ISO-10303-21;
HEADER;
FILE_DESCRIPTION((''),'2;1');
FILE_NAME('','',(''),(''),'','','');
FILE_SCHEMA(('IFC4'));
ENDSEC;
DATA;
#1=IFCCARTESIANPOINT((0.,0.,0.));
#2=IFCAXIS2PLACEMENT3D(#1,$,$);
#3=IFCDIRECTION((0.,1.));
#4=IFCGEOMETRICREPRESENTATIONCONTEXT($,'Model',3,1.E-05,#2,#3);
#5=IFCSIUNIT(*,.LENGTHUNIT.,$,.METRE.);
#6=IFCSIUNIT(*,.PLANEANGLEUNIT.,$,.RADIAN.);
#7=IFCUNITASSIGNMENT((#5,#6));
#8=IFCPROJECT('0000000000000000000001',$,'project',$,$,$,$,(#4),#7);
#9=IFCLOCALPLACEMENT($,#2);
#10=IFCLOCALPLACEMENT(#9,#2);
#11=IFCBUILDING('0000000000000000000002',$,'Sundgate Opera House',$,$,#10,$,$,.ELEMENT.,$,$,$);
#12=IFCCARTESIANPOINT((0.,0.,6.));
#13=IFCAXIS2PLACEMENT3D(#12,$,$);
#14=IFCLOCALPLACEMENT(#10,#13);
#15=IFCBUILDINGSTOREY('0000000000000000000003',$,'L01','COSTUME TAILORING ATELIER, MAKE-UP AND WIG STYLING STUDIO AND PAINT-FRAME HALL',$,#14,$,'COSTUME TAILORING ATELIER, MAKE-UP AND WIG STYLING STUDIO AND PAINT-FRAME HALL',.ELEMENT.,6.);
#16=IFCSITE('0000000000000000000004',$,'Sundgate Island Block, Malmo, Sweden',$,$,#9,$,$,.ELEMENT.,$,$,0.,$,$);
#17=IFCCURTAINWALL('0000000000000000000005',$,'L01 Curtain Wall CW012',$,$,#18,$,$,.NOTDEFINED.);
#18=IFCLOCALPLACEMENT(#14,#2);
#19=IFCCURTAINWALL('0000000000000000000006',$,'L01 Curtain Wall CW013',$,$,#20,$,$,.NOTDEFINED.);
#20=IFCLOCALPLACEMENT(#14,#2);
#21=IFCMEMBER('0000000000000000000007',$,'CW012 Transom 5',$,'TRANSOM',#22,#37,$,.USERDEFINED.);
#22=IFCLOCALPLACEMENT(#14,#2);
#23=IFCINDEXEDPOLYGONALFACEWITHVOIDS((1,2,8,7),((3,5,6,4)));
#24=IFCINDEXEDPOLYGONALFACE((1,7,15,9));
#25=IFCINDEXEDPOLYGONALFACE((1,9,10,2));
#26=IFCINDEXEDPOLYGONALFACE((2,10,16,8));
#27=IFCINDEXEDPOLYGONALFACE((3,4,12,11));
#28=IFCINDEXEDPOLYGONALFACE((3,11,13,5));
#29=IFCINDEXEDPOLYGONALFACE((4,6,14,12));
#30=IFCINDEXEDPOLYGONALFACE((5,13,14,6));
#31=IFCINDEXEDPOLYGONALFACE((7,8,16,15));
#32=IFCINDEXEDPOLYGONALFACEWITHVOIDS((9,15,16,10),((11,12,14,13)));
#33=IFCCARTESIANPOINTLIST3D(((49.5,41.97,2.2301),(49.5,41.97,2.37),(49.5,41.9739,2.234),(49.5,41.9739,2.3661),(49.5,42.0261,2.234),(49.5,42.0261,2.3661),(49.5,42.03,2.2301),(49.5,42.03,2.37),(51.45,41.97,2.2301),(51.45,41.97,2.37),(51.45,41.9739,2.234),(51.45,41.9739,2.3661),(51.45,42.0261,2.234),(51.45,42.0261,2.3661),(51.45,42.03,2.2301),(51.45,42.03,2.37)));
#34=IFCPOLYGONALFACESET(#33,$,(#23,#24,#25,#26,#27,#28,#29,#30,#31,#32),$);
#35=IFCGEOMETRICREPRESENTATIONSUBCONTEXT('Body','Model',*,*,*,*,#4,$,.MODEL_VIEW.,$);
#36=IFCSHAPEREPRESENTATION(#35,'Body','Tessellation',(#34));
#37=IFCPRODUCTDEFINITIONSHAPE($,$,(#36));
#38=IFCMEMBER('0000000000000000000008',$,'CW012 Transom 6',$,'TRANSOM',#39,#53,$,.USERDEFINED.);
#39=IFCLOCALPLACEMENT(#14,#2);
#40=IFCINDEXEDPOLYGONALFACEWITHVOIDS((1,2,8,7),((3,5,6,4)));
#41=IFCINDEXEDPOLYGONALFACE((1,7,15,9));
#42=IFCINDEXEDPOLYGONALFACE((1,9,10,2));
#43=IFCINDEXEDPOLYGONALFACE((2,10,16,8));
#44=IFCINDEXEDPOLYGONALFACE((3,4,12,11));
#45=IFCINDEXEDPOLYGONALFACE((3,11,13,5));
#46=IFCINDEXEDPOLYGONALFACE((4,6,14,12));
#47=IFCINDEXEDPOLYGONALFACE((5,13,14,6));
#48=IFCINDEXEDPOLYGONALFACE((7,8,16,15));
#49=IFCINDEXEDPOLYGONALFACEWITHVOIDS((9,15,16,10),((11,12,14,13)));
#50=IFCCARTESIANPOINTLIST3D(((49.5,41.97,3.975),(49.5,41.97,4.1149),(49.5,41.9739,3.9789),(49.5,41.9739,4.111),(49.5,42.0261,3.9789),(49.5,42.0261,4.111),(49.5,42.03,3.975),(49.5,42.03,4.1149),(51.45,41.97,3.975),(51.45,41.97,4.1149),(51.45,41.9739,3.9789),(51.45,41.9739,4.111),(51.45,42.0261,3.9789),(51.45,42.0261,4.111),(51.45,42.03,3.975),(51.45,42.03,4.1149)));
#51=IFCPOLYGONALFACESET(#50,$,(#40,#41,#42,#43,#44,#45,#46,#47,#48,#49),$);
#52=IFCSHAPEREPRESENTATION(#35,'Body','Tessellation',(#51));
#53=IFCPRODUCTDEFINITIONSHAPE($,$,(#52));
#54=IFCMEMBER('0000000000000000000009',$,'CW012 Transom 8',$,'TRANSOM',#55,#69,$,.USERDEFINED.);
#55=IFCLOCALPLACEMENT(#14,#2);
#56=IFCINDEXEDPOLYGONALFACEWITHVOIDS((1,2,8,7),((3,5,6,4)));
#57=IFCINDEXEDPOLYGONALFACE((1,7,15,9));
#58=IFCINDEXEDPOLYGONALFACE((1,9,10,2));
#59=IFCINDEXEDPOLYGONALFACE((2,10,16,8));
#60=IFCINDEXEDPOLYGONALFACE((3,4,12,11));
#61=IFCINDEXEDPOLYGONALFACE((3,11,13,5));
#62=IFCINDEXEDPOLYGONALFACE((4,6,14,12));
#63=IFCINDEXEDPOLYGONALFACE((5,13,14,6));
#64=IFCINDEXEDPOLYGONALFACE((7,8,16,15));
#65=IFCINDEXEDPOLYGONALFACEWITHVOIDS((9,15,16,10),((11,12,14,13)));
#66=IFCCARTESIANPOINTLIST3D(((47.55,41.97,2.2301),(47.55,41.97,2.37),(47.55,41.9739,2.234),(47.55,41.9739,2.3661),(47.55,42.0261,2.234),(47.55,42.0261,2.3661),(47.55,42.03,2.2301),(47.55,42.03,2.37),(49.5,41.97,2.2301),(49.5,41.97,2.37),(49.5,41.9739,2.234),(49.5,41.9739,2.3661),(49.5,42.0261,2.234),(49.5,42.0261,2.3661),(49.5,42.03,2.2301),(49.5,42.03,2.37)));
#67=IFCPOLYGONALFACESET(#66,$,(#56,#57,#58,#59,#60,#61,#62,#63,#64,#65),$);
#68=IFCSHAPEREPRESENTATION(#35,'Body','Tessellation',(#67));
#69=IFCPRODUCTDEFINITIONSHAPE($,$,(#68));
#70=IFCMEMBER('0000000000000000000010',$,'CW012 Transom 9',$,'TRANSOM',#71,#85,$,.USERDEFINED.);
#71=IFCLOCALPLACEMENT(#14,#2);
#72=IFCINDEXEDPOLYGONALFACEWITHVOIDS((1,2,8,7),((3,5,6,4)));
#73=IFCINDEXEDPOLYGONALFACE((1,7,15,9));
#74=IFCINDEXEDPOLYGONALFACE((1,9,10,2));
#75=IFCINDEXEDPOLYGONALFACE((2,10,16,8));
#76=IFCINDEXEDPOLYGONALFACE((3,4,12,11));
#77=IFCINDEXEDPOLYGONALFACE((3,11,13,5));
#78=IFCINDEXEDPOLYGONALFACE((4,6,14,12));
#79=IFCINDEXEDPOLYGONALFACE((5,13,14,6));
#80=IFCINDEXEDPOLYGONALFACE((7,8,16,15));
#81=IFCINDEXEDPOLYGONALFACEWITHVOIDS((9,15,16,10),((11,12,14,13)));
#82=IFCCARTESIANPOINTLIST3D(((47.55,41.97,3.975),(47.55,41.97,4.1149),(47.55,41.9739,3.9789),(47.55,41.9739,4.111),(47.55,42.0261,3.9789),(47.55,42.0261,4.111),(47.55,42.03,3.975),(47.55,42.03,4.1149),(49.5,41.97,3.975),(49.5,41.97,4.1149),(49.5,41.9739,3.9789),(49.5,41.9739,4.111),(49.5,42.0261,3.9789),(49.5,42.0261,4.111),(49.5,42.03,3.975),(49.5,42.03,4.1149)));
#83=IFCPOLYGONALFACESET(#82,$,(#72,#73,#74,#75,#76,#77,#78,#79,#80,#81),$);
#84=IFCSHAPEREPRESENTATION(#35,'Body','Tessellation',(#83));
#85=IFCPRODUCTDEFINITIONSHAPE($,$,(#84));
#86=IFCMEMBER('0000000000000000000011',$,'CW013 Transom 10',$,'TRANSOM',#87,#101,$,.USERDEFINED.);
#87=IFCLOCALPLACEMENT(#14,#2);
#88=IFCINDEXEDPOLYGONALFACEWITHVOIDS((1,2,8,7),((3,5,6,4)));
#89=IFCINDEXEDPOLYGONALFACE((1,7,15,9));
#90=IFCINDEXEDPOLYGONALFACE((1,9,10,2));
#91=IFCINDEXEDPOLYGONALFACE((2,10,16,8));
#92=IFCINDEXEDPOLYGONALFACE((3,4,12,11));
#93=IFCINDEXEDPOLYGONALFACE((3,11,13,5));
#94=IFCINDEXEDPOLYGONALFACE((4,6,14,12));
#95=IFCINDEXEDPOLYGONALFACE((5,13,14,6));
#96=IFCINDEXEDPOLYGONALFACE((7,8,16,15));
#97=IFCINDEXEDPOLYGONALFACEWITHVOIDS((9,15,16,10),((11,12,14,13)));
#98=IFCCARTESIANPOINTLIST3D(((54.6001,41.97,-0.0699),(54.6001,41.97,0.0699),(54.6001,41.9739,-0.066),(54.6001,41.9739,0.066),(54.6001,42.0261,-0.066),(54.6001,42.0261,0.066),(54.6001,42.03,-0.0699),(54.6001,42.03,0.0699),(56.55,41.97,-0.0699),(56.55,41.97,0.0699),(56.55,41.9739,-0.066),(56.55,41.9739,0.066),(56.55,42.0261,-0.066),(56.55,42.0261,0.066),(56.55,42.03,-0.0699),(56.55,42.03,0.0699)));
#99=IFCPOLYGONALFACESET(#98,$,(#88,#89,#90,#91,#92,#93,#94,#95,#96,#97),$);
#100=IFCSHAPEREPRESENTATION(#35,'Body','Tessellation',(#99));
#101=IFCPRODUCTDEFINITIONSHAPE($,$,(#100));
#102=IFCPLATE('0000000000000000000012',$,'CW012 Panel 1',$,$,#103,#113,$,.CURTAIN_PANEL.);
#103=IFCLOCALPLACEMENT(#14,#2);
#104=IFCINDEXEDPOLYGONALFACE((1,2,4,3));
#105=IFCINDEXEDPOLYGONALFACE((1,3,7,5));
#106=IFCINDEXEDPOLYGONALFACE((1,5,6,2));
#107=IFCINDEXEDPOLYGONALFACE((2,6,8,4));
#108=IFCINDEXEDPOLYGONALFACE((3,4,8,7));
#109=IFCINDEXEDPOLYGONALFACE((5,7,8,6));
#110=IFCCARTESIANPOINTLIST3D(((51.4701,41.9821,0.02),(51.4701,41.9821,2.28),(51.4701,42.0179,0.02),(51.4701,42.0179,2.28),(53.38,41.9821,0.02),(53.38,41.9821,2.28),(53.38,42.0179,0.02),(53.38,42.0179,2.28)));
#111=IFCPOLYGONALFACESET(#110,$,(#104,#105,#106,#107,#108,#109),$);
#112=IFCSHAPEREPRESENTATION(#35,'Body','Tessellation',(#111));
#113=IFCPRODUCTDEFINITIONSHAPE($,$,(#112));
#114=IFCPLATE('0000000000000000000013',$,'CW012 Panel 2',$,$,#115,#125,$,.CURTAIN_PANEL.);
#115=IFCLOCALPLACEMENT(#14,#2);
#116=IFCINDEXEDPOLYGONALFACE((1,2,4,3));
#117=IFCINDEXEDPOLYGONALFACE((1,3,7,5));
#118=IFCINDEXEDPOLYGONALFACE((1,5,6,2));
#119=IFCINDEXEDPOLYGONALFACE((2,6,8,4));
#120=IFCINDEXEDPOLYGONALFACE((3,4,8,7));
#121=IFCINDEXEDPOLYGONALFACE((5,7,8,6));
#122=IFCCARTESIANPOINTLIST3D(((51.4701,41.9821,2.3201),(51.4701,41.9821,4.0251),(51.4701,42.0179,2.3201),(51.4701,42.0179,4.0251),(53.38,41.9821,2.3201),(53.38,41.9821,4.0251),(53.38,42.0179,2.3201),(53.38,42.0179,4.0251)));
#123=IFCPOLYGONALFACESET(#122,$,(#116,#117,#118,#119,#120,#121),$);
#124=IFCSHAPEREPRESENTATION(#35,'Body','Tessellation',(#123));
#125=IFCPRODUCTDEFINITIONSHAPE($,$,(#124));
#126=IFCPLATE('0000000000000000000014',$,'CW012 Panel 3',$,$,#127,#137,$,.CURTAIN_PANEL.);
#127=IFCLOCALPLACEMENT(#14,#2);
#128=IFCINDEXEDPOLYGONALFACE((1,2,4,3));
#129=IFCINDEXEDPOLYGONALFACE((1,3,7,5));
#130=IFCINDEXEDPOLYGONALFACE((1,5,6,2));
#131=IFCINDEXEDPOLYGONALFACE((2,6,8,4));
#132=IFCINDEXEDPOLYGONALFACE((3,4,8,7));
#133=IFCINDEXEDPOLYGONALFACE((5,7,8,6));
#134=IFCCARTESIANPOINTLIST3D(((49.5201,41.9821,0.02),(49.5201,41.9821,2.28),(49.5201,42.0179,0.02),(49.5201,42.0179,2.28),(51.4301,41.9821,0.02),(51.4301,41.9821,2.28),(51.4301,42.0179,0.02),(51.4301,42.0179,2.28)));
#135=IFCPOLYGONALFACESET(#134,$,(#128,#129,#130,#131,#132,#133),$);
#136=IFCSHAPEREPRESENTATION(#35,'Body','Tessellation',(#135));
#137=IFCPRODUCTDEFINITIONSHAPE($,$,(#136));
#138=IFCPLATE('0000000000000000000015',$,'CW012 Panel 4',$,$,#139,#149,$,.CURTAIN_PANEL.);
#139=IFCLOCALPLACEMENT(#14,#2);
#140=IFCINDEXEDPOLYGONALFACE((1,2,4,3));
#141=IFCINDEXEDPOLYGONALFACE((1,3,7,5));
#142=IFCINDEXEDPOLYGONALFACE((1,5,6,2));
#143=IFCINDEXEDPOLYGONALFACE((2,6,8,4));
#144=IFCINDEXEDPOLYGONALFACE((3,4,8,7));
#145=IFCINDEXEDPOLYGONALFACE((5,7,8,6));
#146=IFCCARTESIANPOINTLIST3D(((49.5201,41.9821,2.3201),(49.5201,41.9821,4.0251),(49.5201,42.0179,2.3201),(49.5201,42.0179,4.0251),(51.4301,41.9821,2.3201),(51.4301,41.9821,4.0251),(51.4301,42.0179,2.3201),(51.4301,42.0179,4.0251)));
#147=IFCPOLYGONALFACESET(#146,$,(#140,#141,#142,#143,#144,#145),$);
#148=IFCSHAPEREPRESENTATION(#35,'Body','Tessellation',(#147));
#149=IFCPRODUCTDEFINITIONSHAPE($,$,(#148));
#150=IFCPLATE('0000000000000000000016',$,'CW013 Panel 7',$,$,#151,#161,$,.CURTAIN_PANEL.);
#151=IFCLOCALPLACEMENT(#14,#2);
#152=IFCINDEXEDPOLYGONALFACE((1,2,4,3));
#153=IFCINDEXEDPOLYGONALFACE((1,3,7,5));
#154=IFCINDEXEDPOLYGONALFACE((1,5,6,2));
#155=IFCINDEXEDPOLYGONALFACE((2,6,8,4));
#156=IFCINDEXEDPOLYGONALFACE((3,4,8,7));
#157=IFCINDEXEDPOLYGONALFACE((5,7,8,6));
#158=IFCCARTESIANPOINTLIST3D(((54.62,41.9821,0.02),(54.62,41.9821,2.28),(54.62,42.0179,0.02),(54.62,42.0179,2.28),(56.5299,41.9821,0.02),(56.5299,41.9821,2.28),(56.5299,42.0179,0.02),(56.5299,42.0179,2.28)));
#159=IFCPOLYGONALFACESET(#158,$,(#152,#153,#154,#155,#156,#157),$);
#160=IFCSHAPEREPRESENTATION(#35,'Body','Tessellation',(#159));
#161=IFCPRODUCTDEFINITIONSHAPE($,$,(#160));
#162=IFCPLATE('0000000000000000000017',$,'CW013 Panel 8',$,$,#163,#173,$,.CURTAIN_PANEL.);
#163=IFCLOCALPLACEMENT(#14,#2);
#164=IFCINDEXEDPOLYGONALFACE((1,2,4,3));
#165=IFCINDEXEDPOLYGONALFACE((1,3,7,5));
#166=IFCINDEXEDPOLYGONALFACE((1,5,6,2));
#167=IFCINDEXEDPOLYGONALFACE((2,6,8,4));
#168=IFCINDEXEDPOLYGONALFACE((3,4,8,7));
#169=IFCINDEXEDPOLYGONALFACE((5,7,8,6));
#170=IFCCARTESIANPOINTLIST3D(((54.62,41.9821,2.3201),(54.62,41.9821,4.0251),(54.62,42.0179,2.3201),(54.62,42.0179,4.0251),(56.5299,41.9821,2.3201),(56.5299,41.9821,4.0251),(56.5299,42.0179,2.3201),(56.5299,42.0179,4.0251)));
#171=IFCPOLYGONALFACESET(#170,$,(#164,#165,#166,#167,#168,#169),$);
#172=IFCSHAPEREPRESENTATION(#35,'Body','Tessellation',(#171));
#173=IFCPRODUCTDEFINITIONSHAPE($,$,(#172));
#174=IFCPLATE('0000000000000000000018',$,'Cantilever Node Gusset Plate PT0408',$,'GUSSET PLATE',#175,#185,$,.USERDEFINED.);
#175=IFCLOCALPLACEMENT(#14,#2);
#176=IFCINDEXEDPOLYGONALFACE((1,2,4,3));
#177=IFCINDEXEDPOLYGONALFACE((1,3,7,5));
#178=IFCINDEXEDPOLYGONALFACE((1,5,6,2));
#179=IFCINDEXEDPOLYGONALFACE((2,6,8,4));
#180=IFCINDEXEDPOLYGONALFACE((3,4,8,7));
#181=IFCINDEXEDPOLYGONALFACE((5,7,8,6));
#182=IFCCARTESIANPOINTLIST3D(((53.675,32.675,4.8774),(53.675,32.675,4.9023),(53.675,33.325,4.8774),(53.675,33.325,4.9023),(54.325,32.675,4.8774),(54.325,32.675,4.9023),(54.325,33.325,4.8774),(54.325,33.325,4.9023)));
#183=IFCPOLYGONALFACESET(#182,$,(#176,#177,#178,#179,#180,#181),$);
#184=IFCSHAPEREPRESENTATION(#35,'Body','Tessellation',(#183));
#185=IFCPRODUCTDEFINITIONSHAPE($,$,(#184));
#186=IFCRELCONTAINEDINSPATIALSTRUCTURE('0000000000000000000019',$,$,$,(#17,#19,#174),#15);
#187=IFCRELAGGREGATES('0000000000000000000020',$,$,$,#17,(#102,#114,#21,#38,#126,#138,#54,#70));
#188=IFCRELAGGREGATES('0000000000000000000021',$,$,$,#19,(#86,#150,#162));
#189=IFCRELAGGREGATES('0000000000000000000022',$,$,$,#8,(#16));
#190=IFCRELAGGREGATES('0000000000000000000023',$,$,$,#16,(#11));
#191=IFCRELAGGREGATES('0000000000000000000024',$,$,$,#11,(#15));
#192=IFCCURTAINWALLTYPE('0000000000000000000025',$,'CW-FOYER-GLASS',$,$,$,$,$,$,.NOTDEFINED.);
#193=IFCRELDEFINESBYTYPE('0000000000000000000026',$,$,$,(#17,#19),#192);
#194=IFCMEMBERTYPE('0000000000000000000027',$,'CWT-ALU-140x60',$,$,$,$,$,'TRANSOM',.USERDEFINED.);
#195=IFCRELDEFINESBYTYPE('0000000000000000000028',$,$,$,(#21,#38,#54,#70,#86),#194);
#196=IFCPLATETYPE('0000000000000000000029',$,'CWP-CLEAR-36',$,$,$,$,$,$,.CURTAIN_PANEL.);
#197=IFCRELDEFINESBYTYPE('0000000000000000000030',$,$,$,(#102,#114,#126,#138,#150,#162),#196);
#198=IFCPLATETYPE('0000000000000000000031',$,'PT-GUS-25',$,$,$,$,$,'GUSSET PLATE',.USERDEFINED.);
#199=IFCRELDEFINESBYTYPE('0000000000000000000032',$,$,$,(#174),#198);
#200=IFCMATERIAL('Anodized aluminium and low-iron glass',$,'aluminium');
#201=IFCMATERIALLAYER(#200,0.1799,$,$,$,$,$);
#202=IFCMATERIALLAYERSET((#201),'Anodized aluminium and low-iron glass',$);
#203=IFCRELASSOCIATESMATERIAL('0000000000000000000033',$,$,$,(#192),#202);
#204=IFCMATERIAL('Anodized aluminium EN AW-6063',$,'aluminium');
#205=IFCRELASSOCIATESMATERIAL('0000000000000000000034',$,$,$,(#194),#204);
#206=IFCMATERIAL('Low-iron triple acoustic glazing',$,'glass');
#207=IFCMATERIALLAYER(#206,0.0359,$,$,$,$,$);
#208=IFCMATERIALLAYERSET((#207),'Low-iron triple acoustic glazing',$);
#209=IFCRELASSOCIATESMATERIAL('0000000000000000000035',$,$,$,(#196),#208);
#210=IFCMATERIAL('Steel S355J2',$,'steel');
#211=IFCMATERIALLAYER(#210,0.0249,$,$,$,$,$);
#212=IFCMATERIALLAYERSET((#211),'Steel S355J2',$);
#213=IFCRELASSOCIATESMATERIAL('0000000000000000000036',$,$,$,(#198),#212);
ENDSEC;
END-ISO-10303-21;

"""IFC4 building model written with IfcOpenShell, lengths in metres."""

from ifc_helpers import new_model, si_unit, direction, frame, origin, origin_2d, place, context, subcontext, project, spatial, rectangle, hollow_rectangle, extrude, material, layer, layer_set, material_profile, profile_set, type_object, element, aggregate, save


model = new_model("IFC4")

# Units and contexts
model_context = context("Model", 3, precision=1e-05, world=origin(), true_north=direction((0.0, 1.0)))
body_context = subcontext(model_context, "Body", "Model", "MODEL_VIEW")
ifc_project = project(units=[si_unit("LENGTHUNIT", "METRE"), si_unit("PLANEANGLEUNIT", "RADIAN")], contexts=[model_context])

# Site, building, storey
site_placement = place(None, origin())
site = spatial("IfcSite", under=ifc_project, at=site_placement, Name="Sundgate Island Block, Malmo, Sweden", CompositionType="ELEMENT", RefElevation=0.0)
building_placement = place(site_placement, origin())
building = spatial("IfcBuilding", under=site, at=building_placement, Name="Sundgate Opera House", CompositionType="ELEMENT")
storey_placement = place(building_placement, frame((0.0, 0.0, 6.0)))
storey = spatial("IfcBuildingStorey", under=building, at=storey_placement, Name="L01", Description="COSTUME TAILORING ATELIER, MAKE-UP AND WIG STYLING STUDIO AND PAINT-FRAME HALL", LongName="COSTUME TAILORING ATELIER, MAKE-UP AND WIG STYLING STUDIO AND PAINT-FRAME HALL", CompositionType="ELEMENT", Elevation=6.0)

# Curtain walls
ifc_material_1 = material(Name="Anodized aluminium and low-iron glass", Category="aluminium")
ifc_layer_1 = layer(ifc_material_1, 0.1799)
ifc_layer_set_1 = layer_set([ifc_layer_1], Name="Anodized aluminium and low-iron glass")
curtain_wall_type = type_object("IfcCurtainWallType", Name="CW-FOYER-GLASS", PredefinedType="NOTDEFINED", material=ifc_layer_set_1)
curtain_wall_1_placement = place(storey_placement, origin())
curtain_wall_1 = element("IfcCurtainWall", 1, at=curtain_wall_1_placement, inside=storey, type_object=curtain_wall_type, Name="L01 Curtain Wall CW012", PredefinedType="NOTDEFINED")
curtain_wall_2_placement = place(storey_placement, origin())
curtain_wall_2 = element("IfcCurtainWall", 2, at=curtain_wall_2_placement, inside=storey, type_object=curtain_wall_type, Name="L01 Curtain Wall CW013", PredefinedType="NOTDEFINED")

# Members
ifc_material_2 = material(Name="Anodized aluminium EN AW-6063", Category="aluminium")
ifc_material_profile_1 = material_profile(ifc_material_2, hollow_rectangle(XDim=0.0601, YDim=0.1399, WallThickness=0.0039, at=origin_2d()), Name="CWT 140x60x4")
ifc_profile_set_1 = profile_set([ifc_material_profile_1], Name="Anodized aluminium EN AW-6063")
member_type_1 = type_object("IfcMemberType", Name="CWT-ALU-140x60", ElementType="TRANSOM", PredefinedType="USERDEFINED", material=ifc_profile_set_1)
member_1_placement = place(storey_placement, frame((51.45, 42.0, 2.3), z_axis=(-1.0, 0.0, 0.0), x_axis=(0.0, -1.0, 0.0)))
member_1 = element("IfcMember", 3, at=member_1_placement, type_object=member_type_1, Name="CW012 Transom 5", ObjectType="TRANSOM", PredefinedType="USERDEFINED", context=body_context, shape_type="SweptSolid", body=[
    extrude(hollow_rectangle(XDim=0.0601, YDim=0.1399, WallThickness=0.0039, at=origin_2d()), origin(), (0.0, 0.0, 1.0), 1.95),
])
member_2_placement = place(storey_placement, frame((51.45, 42.0, 4.0449), z_axis=(-1.0, 0.0, 0.0), x_axis=(0.0, -1.0, 0.0)))
member_2 = element("IfcMember", 4, at=member_2_placement, type_object=member_type_1, Name="CW012 Transom 6", ObjectType="TRANSOM", PredefinedType="USERDEFINED", context=body_context, shape_type="SweptSolid", body=[
    extrude(hollow_rectangle(XDim=0.0601, YDim=0.1399, WallThickness=0.0039, at=origin_2d()), origin(), (0.0, 0.0, 1.0), 1.95),
])
member_3_placement = place(storey_placement, frame((49.5, 42.0, 2.3), z_axis=(-1.0, 0.0, 0.0), x_axis=(0.0, -1.0, 0.0)))
member_3 = element("IfcMember", 5, at=member_3_placement, type_object=member_type_1, Name="CW012 Transom 8", ObjectType="TRANSOM", PredefinedType="USERDEFINED", context=body_context, shape_type="SweptSolid", body=[
    extrude(hollow_rectangle(XDim=0.0601, YDim=0.1399, WallThickness=0.0039, at=origin_2d()), origin(), (0.0, 0.0, 1.0), 1.95),
])
member_4_placement = place(storey_placement, frame((49.5, 42.0, 4.0449), z_axis=(-1.0, 0.0, 0.0), x_axis=(0.0, -1.0, 0.0)))
member_4 = element("IfcMember", 6, at=member_4_placement, type_object=member_type_1, Name="CW012 Transom 9", ObjectType="TRANSOM", PredefinedType="USERDEFINED", context=body_context, shape_type="SweptSolid", body=[
    extrude(hollow_rectangle(XDim=0.0601, YDim=0.1399, WallThickness=0.0039, at=origin_2d()), origin(), (0.0, 0.0, 1.0), 1.95),
])
member_5_placement = place(storey_placement, frame((56.55, 42.0, 0.0), z_axis=(-1.0, 0.0, 0.0), x_axis=(0.0, -1.0, 0.0)))
member_5 = element("IfcMember", 7, at=member_5_placement, type_object=member_type_1, Name="CW013 Transom 10", ObjectType="TRANSOM", PredefinedType="USERDEFINED", context=body_context, shape_type="SweptSolid", body=[
    extrude(hollow_rectangle(XDim=0.0601, YDim=0.1399, WallThickness=0.0039, at=origin_2d()), origin(), (0.0, 0.0, 1.0), 1.95),
])

# Plates
ifc_material_3 = material(Name="Low-iron triple acoustic glazing", Category="glass")
ifc_layer_2 = layer(ifc_material_3, 0.0359)
ifc_layer_set_2 = layer_set([ifc_layer_2], Name="Low-iron triple acoustic glazing")
plate_type_1 = type_object("IfcPlateType", Name="CWP-CLEAR-36", PredefinedType="CURTAIN_PANEL", material=ifc_layer_set_2)
plate_1_placement = place(storey_placement, frame((52.425, 42.0, 0.02), z_axis=(0.0, 0.0, 1.0), x_axis=(-1.0, 0.0, 0.0)))
plate_1 = element("IfcPlate", 8, at=plate_1_placement, type_object=plate_type_1, Name="CW012 Panel 1", PredefinedType="CURTAIN_PANEL", context=body_context, shape_type="SweptSolid", body=[
    extrude(rectangle(XDim=1.9099, YDim=0.0359, at=origin_2d()), origin(), (0.0, 0.0, 1.0), 2.26),
])
plate_2_placement = place(storey_placement, frame((52.425, 42.0, 2.3201), z_axis=(0.0, 0.0, 1.0), x_axis=(-1.0, 0.0, 0.0)))
plate_2 = element("IfcPlate", 9, at=plate_2_placement, type_object=plate_type_1, Name="CW012 Panel 2", PredefinedType="CURTAIN_PANEL", context=body_context, shape_type="SweptSolid", body=[
    extrude(rectangle(XDim=1.9099, YDim=0.0359, at=origin_2d()), origin(), (0.0, 0.0, 1.0), 1.7051),
])
plate_3_placement = place(storey_placement, frame((50.4751, 42.0, 0.02), z_axis=(0.0, 0.0, 1.0), x_axis=(-1.0, 0.0, 0.0)))
plate_3 = element("IfcPlate", 10, at=plate_3_placement, type_object=plate_type_1, Name="CW012 Panel 3", PredefinedType="CURTAIN_PANEL", context=body_context, shape_type="SweptSolid", body=[
    extrude(rectangle(XDim=1.9099, YDim=0.0359, at=origin_2d()), origin(), (0.0, 0.0, 1.0), 2.26),
])
plate_4_placement = place(storey_placement, frame((50.4751, 42.0, 2.3201), z_axis=(0.0, 0.0, 1.0), x_axis=(-1.0, 0.0, 0.0)))
plate_4 = element("IfcPlate", 11, at=plate_4_placement, type_object=plate_type_1, Name="CW012 Panel 4", PredefinedType="CURTAIN_PANEL", context=body_context, shape_type="SweptSolid", body=[
    extrude(rectangle(XDim=1.9099, YDim=0.0359, at=origin_2d()), origin(), (0.0, 0.0, 1.0), 1.7051),
])
aggregate(curtain_wall_1, [plate_1, plate_2, member_1, member_2, plate_3, plate_4, member_3, member_4])
plate_5_placement = place(storey_placement, frame((55.575, 42.0, 0.02), z_axis=(0.0, 0.0, 1.0), x_axis=(-1.0, 0.0, 0.0)))
plate_5 = element("IfcPlate", 12, at=plate_5_placement, type_object=plate_type_1, Name="CW013 Panel 7", PredefinedType="CURTAIN_PANEL", context=body_context, shape_type="SweptSolid", body=[
    extrude(rectangle(XDim=1.9099, YDim=0.0359, at=origin_2d()), origin(), (0.0, 0.0, 1.0), 2.26),
])
plate_6_placement = place(storey_placement, frame((55.575, 42.0, 2.3201), z_axis=(0.0, 0.0, 1.0), x_axis=(-1.0, 0.0, 0.0)))
plate_6 = element("IfcPlate", 13, at=plate_6_placement, type_object=plate_type_1, Name="CW013 Panel 8", PredefinedType="CURTAIN_PANEL", context=body_context, shape_type="SweptSolid", body=[
    extrude(rectangle(XDim=1.9099, YDim=0.0359, at=origin_2d()), origin(), (0.0, 0.0, 1.0), 1.7051),
])
aggregate(curtain_wall_2, [member_5, plate_5, plate_6])
ifc_material_4 = material(Name="Steel S355J2", Category="steel")
ifc_layer_3 = layer(ifc_material_4, 0.0249)
ifc_layer_set_3 = layer_set([ifc_layer_3], Name="Steel S355J2")
plate_type_2 = type_object("IfcPlateType", Name="PT-GUS-25", ElementType="GUSSET PLATE", PredefinedType="USERDEFINED", material=ifc_layer_set_3)
plate_7_placement = place(storey_placement, frame((54.0, 33.0, 4.8774), z_axis=(0.0, 0.0, 1.0), x_axis=(1.0, 0.0, 0.0)))
element("IfcPlate", 14, at=plate_7_placement, inside=storey, type_object=plate_type_2, Name="Cantilever Node Gusset Plate PT0408", ObjectType="GUSSET PLATE", PredefinedType="USERDEFINED", context=body_context, shape_type="SweptSolid", body=[
    extrude(rectangle(XDim=0.6499, YDim=0.6499, at=origin_2d()), origin(), (0.0, 0.0, 1.0), 0.0249),
])

save(model, "model.ifc")
